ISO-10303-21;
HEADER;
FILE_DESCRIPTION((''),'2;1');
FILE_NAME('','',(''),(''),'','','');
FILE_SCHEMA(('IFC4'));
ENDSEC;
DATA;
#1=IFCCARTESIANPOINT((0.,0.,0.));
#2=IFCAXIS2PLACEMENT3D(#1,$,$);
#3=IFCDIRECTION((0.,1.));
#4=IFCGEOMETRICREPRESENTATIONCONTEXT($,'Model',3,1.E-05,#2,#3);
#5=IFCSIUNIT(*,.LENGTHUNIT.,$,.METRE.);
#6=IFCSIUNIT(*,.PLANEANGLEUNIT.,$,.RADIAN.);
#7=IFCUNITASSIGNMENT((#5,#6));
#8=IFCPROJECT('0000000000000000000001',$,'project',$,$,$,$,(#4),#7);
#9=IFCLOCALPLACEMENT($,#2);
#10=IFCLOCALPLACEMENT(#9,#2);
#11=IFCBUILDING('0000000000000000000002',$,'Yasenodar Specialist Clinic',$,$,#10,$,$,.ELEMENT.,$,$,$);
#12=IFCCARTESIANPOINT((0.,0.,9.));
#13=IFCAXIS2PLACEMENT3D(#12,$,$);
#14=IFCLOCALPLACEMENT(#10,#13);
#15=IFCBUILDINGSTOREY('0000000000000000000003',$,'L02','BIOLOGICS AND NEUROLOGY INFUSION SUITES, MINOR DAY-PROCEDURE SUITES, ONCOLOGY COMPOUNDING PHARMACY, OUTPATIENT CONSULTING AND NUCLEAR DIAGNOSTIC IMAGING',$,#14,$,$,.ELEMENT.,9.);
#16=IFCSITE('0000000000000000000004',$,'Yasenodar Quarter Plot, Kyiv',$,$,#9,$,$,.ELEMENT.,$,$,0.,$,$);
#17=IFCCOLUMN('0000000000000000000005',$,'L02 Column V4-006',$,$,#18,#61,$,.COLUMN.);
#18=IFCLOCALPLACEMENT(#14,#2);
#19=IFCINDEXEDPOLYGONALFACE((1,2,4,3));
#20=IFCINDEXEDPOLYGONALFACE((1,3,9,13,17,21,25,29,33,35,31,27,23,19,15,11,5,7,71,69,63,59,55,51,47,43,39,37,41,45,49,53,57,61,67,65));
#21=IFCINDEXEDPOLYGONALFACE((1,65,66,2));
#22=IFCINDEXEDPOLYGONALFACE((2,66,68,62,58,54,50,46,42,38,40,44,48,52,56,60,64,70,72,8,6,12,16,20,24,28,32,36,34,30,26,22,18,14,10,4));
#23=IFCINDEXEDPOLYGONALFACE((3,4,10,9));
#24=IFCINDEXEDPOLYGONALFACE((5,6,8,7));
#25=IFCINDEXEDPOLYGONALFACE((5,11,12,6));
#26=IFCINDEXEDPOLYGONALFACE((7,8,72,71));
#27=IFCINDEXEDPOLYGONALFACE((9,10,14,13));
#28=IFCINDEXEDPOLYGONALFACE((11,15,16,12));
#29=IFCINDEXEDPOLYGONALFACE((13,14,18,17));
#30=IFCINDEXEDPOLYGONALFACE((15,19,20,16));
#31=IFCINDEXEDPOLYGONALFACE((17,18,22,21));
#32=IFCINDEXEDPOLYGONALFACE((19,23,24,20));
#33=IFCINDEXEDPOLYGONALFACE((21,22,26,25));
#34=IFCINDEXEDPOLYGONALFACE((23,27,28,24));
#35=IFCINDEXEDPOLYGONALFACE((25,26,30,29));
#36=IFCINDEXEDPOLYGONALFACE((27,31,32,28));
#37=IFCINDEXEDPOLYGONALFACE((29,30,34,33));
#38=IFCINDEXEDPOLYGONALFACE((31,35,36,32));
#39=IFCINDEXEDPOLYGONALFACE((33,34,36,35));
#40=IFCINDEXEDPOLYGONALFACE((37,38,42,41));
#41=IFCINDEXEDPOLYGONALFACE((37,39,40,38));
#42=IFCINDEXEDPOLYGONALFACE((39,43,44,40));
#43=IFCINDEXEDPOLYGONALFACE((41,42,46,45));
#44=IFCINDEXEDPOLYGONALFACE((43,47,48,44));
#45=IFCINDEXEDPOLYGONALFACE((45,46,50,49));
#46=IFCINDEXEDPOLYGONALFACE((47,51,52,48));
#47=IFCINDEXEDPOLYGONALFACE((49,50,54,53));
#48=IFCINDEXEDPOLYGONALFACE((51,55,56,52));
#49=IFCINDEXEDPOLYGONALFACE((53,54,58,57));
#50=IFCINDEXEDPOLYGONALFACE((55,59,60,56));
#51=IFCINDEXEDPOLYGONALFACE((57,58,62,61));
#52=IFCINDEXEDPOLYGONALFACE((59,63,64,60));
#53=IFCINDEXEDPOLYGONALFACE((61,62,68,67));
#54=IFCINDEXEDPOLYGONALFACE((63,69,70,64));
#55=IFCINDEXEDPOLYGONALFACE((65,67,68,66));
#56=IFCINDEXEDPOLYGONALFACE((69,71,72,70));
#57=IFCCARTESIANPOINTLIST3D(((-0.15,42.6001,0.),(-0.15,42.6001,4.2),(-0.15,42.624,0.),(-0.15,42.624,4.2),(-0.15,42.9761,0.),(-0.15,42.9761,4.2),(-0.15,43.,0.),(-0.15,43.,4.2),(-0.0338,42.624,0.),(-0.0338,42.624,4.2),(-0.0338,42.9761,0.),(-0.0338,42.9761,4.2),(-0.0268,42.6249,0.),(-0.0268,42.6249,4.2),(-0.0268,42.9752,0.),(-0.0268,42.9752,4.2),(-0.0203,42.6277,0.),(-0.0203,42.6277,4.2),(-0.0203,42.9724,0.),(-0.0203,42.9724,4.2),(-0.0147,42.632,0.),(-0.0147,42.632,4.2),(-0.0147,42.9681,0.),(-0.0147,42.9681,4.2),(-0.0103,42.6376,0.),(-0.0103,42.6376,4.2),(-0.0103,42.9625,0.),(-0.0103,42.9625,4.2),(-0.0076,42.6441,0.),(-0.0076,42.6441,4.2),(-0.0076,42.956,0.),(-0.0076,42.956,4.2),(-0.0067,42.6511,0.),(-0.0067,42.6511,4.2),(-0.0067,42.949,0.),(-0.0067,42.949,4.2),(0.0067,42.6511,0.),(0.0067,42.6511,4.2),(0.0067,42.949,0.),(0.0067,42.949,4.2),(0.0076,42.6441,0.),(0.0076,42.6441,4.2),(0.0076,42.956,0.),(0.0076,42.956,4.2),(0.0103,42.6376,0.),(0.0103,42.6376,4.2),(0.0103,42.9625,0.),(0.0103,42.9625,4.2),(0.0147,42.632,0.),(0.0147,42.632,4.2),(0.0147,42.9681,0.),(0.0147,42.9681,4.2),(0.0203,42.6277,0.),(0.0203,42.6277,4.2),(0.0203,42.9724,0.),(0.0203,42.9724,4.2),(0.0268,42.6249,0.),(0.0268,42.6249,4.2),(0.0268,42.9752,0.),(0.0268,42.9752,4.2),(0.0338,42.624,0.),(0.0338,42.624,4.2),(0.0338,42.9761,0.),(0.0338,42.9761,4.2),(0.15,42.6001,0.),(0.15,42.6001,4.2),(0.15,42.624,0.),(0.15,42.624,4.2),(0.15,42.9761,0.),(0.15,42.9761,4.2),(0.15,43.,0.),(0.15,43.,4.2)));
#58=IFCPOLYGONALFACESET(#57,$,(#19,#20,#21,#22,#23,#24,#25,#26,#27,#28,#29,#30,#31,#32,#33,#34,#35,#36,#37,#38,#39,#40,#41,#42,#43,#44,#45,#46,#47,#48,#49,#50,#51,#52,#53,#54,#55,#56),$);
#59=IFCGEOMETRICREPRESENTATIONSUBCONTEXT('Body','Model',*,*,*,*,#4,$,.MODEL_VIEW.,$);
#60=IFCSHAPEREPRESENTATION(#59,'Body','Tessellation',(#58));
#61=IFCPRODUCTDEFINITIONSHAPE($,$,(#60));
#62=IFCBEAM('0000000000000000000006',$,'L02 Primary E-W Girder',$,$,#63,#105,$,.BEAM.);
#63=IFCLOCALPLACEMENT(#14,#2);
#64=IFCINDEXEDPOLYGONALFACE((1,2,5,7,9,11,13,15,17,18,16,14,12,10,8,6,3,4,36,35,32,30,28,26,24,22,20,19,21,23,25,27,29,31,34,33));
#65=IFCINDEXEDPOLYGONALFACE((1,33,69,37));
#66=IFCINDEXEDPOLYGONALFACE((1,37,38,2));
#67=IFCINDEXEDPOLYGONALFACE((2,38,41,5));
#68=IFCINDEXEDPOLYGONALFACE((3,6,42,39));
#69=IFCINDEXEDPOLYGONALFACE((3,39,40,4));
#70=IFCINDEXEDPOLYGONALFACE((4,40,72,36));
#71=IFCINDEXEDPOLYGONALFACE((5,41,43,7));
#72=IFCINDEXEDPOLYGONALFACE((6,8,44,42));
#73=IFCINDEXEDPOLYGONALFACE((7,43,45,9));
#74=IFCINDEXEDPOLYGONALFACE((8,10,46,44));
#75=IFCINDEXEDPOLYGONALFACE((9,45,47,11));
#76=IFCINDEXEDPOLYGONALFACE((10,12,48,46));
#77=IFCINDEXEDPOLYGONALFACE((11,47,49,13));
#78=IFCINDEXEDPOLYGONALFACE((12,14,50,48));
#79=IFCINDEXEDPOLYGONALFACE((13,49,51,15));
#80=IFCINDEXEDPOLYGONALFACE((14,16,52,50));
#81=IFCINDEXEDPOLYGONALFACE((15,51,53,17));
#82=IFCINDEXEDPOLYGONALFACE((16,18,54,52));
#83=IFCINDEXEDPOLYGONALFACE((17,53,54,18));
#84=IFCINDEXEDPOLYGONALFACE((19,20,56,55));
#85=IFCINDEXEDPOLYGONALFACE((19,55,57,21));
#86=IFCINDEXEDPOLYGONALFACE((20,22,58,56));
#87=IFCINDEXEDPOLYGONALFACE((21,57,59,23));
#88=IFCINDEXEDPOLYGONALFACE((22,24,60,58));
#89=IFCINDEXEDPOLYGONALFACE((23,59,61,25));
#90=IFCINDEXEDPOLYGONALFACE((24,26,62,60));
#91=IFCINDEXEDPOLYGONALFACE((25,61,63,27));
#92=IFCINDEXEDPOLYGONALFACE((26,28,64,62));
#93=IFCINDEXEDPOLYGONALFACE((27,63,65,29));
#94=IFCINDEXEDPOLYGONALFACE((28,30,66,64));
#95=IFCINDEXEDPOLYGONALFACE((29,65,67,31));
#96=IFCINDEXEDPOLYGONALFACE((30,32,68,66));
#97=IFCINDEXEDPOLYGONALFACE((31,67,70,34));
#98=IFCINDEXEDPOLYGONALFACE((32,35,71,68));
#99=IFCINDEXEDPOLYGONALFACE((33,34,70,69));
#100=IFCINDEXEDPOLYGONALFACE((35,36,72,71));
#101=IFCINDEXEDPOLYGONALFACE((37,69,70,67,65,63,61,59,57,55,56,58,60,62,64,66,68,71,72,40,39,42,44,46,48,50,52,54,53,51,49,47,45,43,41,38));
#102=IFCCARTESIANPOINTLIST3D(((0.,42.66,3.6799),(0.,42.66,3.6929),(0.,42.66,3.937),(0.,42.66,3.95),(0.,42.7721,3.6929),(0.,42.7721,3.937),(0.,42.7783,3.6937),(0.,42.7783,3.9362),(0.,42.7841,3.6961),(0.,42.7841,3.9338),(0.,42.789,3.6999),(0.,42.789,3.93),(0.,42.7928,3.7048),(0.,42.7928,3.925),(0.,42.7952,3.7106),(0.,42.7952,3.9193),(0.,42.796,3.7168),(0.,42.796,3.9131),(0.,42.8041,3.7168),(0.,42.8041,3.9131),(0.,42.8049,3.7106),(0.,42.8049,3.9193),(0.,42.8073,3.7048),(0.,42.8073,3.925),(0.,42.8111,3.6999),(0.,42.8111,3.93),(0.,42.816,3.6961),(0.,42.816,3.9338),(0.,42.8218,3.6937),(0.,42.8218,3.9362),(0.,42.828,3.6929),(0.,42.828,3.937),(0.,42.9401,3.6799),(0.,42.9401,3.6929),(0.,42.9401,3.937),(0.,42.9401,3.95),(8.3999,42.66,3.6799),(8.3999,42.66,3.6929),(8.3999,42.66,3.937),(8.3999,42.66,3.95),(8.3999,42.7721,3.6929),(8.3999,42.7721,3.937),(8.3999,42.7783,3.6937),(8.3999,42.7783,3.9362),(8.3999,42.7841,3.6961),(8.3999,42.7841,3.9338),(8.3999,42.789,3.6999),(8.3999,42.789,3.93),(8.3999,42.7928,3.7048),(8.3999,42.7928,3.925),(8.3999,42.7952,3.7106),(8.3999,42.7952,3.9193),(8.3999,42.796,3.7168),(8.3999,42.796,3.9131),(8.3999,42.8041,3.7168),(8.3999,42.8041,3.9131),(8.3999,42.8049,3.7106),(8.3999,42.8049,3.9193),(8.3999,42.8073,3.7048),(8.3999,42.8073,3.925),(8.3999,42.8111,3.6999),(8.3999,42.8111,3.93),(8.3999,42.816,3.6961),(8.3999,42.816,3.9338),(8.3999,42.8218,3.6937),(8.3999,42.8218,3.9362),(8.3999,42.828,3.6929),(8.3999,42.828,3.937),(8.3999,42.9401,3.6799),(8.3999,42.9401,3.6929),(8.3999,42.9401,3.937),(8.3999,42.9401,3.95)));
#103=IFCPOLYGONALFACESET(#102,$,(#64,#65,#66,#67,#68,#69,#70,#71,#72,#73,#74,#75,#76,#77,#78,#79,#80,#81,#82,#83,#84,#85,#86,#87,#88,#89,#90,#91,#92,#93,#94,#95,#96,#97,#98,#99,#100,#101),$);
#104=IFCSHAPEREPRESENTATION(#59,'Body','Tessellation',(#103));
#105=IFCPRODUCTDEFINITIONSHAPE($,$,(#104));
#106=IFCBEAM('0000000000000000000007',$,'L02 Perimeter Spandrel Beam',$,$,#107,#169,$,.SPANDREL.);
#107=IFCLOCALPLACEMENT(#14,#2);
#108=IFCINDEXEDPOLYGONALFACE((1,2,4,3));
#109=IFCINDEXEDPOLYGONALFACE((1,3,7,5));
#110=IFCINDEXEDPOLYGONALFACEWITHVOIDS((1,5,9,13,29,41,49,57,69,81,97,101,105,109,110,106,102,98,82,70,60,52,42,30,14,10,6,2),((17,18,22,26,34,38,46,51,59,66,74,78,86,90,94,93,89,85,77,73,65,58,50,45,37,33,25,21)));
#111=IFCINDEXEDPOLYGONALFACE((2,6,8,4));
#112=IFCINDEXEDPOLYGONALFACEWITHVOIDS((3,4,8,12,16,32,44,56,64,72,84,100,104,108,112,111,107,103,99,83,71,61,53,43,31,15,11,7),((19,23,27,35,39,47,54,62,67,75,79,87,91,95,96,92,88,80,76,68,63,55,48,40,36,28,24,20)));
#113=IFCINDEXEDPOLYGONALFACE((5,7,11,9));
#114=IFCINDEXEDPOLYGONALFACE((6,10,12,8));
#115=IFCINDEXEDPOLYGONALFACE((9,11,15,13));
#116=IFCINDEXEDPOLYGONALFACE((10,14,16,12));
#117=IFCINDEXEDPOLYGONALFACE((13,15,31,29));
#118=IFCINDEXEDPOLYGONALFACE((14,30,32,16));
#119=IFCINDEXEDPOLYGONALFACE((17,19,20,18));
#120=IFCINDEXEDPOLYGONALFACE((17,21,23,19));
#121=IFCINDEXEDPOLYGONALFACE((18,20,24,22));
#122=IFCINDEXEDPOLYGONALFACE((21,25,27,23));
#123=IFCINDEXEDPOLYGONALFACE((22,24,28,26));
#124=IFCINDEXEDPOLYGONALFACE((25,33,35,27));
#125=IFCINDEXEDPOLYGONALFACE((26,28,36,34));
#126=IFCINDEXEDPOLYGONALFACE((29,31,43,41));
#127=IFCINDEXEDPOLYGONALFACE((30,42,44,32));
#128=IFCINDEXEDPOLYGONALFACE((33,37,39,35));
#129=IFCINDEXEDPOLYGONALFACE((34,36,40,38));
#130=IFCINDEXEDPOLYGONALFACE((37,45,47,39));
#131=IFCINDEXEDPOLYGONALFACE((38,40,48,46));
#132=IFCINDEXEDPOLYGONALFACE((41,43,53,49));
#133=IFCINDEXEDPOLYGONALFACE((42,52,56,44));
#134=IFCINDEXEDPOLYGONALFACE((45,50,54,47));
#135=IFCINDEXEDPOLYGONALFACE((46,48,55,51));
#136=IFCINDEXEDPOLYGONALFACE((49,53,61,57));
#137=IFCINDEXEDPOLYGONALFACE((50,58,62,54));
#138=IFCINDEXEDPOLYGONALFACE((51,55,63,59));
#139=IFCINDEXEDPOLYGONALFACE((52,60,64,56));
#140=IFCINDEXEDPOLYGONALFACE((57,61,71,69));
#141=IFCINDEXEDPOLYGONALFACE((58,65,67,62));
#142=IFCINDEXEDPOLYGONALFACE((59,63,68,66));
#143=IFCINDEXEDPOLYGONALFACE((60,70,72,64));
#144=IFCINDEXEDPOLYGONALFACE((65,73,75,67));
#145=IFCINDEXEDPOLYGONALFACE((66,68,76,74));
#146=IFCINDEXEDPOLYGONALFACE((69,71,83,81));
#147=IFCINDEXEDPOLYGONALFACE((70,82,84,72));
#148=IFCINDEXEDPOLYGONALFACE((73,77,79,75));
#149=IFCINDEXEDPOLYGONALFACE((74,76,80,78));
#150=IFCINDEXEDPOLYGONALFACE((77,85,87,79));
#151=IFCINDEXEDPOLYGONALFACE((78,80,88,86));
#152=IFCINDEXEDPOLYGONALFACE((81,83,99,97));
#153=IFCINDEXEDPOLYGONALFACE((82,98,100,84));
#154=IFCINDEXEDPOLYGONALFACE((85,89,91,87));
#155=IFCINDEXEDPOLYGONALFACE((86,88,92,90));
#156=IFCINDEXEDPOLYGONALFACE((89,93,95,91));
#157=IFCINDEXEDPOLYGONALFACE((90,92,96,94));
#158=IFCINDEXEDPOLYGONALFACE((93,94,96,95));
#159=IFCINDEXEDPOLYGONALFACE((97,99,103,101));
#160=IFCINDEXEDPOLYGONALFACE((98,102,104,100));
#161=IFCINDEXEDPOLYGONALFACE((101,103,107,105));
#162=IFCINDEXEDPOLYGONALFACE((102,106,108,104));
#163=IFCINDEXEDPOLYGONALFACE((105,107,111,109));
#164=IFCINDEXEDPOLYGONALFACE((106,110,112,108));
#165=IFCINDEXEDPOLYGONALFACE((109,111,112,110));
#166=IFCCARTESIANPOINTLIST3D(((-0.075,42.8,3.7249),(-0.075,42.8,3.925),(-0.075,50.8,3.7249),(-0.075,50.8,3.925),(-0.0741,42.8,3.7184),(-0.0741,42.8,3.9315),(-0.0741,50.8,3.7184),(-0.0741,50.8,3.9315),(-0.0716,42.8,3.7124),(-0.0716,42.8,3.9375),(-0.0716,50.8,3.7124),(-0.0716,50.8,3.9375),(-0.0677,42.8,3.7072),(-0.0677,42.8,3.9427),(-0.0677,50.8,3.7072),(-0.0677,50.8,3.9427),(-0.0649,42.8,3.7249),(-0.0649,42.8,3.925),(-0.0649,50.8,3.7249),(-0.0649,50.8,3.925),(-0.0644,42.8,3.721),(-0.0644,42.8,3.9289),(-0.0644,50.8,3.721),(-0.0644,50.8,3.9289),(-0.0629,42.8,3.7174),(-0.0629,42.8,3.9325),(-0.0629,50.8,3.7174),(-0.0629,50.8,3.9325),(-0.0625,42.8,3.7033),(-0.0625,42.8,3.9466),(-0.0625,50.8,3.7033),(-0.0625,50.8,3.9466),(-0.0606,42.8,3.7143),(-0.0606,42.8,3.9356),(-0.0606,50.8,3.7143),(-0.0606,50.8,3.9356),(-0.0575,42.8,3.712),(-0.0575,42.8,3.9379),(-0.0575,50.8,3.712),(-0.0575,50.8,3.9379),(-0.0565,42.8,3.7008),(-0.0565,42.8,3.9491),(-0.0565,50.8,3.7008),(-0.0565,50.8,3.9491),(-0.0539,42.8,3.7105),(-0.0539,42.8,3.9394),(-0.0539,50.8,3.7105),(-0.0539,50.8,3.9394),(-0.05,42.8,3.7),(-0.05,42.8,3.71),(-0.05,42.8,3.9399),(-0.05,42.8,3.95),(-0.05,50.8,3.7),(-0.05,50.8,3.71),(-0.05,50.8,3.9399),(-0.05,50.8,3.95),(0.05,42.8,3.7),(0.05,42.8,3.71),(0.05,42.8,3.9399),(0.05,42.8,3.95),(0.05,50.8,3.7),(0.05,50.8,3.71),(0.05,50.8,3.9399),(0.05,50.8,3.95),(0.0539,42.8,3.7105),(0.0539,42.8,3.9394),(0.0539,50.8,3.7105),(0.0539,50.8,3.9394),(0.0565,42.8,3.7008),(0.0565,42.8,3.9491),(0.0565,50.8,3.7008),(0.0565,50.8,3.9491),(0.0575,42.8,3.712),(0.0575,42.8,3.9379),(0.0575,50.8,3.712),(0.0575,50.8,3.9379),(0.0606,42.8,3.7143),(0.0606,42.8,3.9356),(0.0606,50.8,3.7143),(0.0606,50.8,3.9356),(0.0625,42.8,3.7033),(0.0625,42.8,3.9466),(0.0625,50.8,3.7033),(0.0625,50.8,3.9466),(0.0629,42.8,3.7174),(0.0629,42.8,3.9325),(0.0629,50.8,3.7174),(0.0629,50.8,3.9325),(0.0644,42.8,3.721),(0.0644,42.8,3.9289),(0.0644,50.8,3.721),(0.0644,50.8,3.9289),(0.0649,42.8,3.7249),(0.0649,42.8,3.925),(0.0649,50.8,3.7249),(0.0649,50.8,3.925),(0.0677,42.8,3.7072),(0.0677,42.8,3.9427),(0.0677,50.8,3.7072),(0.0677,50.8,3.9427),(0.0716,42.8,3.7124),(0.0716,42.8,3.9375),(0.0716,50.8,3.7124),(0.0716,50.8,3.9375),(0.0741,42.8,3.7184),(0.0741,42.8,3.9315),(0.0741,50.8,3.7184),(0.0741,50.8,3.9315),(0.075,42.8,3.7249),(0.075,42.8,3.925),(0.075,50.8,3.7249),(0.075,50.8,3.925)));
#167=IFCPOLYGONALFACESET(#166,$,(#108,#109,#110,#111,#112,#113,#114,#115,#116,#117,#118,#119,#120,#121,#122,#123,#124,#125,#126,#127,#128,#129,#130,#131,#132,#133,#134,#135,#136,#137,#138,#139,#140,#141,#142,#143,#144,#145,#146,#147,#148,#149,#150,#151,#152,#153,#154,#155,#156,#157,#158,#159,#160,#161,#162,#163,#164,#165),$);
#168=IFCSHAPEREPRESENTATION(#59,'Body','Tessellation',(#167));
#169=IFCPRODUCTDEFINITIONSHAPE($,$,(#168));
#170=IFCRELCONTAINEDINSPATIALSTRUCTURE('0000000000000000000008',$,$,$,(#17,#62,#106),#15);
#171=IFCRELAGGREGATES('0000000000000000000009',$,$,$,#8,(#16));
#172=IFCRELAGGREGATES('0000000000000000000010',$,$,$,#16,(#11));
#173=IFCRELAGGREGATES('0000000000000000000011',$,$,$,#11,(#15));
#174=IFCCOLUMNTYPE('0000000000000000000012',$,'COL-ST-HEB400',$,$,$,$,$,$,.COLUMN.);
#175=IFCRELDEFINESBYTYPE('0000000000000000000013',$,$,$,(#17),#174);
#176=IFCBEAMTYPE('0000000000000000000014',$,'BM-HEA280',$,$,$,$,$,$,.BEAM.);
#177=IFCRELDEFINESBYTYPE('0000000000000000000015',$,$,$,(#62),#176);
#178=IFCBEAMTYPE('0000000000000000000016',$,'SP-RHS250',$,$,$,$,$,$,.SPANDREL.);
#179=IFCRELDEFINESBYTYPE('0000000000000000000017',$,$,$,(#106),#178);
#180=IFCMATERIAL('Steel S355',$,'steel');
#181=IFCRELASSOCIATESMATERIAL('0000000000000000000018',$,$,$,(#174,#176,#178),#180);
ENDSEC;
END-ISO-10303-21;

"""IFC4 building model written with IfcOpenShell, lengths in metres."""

from ifc_helpers import new_model, si_unit, direction, frame, origin, origin_2d, place, context, subcontext, project, spatial, hollow_rectangle, i_section, extrude, material, material_profile, profile_set, type_object, element, save


model = new_model("IFC4")

# Units and contexts
model_context = context("Model", 3, precision=1e-05, world=origin(), true_north=direction((0.0, 1.0)))
body_context = subcontext(model_context, "Body", "Model", "MODEL_VIEW")
ifc_project = project(units=[si_unit("LENGTHUNIT", "METRE"), si_unit("PLANEANGLEUNIT", "RADIAN")], contexts=[model_context])

# Site, building, storey
site_placement = place(None, origin())
site = spatial("IfcSite", under=ifc_project, at=site_placement, Name="Yasenodar Quarter Plot, Kyiv", CompositionType="ELEMENT", RefElevation=0.0)
building_placement = place(site_placement, origin())
building = spatial("IfcBuilding", under=site, at=building_placement, Name="Yasenodar Specialist Clinic", CompositionType="ELEMENT")
storey_placement = place(building_placement, frame((0.0, 0.0, 9.0)))
storey = spatial("IfcBuildingStorey", under=building, at=storey_placement, Name="L02", Description="BIOLOGICS AND NEUROLOGY INFUSION SUITES, MINOR DAY-PROCEDURE SUITES, ONCOLOGY COMPOUNDING PHARMACY, OUTPATIENT CONSULTING AND NUCLEAR DIAGNOSTIC IMAGING", CompositionType="ELEMENT", Elevation=9.0)

# Column
ifc_material_1 = material(Name="Steel S355", Category="steel")
ifc_material_profile_1 = material_profile(ifc_material_1, i_section(OverallWidth=0.3, OverallDepth=0.3999, WebThickness=0.0134, FlangeThickness=0.0239, FilletRadius=0.0271, at=origin_2d()), Name="HEB 400")
ifc_profile_set_1 = profile_set([ifc_material_profile_1], Name="Steel S355")
column_type = type_object("IfcColumnType", Name="COL-ST-HEB400", PredefinedType="COLUMN", material=ifc_profile_set_1)
column_placement = place(storey_placement, frame((0.0, 42.8, 0.0), z_axis=(0.0, 0.0, 1.0), x_axis=(1.0, 0.0, 0.0)))
element("IfcColumn", 1, at=column_placement, inside=storey, type_object=column_type, Name="L02 Column V4-006", PredefinedType="COLUMN", context=body_context, shape_type="SweptSolid", body=[
    extrude(i_section(OverallWidth=0.3, OverallDepth=0.3999, WebThickness=0.0134, FlangeThickness=0.0239, FilletRadius=0.0271, at=origin_2d()), origin(), (0.0, 0.0, 1.0), 4.2),
])

# Beams
ifc_material_profile_2 = material_profile(ifc_material_1, i_section(OverallWidth=0.28, OverallDepth=0.27, WebThickness=0.0081, FlangeThickness=0.0129, FilletRadius=0.0239, at=origin_2d()), Name="HEA 280")
ifc_profile_set_2 = profile_set([ifc_material_profile_2], Name="Steel S355")
beam_type_1 = type_object("IfcBeamType", Name="BM-HEA280", PredefinedType="BEAM", material=ifc_profile_set_2)
beam_1_placement = place(storey_placement, frame((0.0, 42.8, 3.8149), z_axis=(1.0, 0.0, 0.0), x_axis=(0.0, 1.0, 0.0)))
element("IfcBeam", 2, at=beam_1_placement, inside=storey, type_object=beam_type_1, Name="L02 Primary E-W Girder", PredefinedType="BEAM", context=body_context, shape_type="SweptSolid", body=[
    extrude(i_section(OverallWidth=0.28, OverallDepth=0.27, WebThickness=0.0081, FlangeThickness=0.0129, FilletRadius=0.0239, at=origin_2d()), origin(), (0.0, 0.0, 1.0), 8.3999),
])
ifc_material_profile_3 = material_profile(ifc_material_1, hollow_rectangle(XDim=0.1499, YDim=0.25, WallThickness=0.01, InnerFilletRadius=0.0149, OuterFilletRadius=0.0249, at=origin_2d()), Name="RHS 250x150x10")
ifc_profile_set_3 = profile_set([ifc_material_profile_3], Name="Steel S355")
beam_type_2 = type_object("IfcBeamType", Name="SP-RHS250", PredefinedType="SPANDREL", material=ifc_profile_set_3)
beam_2_placement = place(storey_placement, frame((0.0, 42.8, 3.825), z_axis=(0.0, 1.0, 0.0), x_axis=(-1.0, 0.0, 0.0)))
element("IfcBeam", 3, at=beam_2_placement, inside=storey, type_object=beam_type_2, Name="L02 Perimeter Spandrel Beam", PredefinedType="SPANDREL", context=body_context, shape_type="SweptSolid", body=[
    extrude(hollow_rectangle(XDim=0.1499, YDim=0.25, WallThickness=0.01, InnerFilletRadius=0.0149, OuterFilletRadius=0.0249, at=origin_2d()), origin(), (0.0, 0.0, 1.0), 8.0),
])

save(model, "model.ifc")
